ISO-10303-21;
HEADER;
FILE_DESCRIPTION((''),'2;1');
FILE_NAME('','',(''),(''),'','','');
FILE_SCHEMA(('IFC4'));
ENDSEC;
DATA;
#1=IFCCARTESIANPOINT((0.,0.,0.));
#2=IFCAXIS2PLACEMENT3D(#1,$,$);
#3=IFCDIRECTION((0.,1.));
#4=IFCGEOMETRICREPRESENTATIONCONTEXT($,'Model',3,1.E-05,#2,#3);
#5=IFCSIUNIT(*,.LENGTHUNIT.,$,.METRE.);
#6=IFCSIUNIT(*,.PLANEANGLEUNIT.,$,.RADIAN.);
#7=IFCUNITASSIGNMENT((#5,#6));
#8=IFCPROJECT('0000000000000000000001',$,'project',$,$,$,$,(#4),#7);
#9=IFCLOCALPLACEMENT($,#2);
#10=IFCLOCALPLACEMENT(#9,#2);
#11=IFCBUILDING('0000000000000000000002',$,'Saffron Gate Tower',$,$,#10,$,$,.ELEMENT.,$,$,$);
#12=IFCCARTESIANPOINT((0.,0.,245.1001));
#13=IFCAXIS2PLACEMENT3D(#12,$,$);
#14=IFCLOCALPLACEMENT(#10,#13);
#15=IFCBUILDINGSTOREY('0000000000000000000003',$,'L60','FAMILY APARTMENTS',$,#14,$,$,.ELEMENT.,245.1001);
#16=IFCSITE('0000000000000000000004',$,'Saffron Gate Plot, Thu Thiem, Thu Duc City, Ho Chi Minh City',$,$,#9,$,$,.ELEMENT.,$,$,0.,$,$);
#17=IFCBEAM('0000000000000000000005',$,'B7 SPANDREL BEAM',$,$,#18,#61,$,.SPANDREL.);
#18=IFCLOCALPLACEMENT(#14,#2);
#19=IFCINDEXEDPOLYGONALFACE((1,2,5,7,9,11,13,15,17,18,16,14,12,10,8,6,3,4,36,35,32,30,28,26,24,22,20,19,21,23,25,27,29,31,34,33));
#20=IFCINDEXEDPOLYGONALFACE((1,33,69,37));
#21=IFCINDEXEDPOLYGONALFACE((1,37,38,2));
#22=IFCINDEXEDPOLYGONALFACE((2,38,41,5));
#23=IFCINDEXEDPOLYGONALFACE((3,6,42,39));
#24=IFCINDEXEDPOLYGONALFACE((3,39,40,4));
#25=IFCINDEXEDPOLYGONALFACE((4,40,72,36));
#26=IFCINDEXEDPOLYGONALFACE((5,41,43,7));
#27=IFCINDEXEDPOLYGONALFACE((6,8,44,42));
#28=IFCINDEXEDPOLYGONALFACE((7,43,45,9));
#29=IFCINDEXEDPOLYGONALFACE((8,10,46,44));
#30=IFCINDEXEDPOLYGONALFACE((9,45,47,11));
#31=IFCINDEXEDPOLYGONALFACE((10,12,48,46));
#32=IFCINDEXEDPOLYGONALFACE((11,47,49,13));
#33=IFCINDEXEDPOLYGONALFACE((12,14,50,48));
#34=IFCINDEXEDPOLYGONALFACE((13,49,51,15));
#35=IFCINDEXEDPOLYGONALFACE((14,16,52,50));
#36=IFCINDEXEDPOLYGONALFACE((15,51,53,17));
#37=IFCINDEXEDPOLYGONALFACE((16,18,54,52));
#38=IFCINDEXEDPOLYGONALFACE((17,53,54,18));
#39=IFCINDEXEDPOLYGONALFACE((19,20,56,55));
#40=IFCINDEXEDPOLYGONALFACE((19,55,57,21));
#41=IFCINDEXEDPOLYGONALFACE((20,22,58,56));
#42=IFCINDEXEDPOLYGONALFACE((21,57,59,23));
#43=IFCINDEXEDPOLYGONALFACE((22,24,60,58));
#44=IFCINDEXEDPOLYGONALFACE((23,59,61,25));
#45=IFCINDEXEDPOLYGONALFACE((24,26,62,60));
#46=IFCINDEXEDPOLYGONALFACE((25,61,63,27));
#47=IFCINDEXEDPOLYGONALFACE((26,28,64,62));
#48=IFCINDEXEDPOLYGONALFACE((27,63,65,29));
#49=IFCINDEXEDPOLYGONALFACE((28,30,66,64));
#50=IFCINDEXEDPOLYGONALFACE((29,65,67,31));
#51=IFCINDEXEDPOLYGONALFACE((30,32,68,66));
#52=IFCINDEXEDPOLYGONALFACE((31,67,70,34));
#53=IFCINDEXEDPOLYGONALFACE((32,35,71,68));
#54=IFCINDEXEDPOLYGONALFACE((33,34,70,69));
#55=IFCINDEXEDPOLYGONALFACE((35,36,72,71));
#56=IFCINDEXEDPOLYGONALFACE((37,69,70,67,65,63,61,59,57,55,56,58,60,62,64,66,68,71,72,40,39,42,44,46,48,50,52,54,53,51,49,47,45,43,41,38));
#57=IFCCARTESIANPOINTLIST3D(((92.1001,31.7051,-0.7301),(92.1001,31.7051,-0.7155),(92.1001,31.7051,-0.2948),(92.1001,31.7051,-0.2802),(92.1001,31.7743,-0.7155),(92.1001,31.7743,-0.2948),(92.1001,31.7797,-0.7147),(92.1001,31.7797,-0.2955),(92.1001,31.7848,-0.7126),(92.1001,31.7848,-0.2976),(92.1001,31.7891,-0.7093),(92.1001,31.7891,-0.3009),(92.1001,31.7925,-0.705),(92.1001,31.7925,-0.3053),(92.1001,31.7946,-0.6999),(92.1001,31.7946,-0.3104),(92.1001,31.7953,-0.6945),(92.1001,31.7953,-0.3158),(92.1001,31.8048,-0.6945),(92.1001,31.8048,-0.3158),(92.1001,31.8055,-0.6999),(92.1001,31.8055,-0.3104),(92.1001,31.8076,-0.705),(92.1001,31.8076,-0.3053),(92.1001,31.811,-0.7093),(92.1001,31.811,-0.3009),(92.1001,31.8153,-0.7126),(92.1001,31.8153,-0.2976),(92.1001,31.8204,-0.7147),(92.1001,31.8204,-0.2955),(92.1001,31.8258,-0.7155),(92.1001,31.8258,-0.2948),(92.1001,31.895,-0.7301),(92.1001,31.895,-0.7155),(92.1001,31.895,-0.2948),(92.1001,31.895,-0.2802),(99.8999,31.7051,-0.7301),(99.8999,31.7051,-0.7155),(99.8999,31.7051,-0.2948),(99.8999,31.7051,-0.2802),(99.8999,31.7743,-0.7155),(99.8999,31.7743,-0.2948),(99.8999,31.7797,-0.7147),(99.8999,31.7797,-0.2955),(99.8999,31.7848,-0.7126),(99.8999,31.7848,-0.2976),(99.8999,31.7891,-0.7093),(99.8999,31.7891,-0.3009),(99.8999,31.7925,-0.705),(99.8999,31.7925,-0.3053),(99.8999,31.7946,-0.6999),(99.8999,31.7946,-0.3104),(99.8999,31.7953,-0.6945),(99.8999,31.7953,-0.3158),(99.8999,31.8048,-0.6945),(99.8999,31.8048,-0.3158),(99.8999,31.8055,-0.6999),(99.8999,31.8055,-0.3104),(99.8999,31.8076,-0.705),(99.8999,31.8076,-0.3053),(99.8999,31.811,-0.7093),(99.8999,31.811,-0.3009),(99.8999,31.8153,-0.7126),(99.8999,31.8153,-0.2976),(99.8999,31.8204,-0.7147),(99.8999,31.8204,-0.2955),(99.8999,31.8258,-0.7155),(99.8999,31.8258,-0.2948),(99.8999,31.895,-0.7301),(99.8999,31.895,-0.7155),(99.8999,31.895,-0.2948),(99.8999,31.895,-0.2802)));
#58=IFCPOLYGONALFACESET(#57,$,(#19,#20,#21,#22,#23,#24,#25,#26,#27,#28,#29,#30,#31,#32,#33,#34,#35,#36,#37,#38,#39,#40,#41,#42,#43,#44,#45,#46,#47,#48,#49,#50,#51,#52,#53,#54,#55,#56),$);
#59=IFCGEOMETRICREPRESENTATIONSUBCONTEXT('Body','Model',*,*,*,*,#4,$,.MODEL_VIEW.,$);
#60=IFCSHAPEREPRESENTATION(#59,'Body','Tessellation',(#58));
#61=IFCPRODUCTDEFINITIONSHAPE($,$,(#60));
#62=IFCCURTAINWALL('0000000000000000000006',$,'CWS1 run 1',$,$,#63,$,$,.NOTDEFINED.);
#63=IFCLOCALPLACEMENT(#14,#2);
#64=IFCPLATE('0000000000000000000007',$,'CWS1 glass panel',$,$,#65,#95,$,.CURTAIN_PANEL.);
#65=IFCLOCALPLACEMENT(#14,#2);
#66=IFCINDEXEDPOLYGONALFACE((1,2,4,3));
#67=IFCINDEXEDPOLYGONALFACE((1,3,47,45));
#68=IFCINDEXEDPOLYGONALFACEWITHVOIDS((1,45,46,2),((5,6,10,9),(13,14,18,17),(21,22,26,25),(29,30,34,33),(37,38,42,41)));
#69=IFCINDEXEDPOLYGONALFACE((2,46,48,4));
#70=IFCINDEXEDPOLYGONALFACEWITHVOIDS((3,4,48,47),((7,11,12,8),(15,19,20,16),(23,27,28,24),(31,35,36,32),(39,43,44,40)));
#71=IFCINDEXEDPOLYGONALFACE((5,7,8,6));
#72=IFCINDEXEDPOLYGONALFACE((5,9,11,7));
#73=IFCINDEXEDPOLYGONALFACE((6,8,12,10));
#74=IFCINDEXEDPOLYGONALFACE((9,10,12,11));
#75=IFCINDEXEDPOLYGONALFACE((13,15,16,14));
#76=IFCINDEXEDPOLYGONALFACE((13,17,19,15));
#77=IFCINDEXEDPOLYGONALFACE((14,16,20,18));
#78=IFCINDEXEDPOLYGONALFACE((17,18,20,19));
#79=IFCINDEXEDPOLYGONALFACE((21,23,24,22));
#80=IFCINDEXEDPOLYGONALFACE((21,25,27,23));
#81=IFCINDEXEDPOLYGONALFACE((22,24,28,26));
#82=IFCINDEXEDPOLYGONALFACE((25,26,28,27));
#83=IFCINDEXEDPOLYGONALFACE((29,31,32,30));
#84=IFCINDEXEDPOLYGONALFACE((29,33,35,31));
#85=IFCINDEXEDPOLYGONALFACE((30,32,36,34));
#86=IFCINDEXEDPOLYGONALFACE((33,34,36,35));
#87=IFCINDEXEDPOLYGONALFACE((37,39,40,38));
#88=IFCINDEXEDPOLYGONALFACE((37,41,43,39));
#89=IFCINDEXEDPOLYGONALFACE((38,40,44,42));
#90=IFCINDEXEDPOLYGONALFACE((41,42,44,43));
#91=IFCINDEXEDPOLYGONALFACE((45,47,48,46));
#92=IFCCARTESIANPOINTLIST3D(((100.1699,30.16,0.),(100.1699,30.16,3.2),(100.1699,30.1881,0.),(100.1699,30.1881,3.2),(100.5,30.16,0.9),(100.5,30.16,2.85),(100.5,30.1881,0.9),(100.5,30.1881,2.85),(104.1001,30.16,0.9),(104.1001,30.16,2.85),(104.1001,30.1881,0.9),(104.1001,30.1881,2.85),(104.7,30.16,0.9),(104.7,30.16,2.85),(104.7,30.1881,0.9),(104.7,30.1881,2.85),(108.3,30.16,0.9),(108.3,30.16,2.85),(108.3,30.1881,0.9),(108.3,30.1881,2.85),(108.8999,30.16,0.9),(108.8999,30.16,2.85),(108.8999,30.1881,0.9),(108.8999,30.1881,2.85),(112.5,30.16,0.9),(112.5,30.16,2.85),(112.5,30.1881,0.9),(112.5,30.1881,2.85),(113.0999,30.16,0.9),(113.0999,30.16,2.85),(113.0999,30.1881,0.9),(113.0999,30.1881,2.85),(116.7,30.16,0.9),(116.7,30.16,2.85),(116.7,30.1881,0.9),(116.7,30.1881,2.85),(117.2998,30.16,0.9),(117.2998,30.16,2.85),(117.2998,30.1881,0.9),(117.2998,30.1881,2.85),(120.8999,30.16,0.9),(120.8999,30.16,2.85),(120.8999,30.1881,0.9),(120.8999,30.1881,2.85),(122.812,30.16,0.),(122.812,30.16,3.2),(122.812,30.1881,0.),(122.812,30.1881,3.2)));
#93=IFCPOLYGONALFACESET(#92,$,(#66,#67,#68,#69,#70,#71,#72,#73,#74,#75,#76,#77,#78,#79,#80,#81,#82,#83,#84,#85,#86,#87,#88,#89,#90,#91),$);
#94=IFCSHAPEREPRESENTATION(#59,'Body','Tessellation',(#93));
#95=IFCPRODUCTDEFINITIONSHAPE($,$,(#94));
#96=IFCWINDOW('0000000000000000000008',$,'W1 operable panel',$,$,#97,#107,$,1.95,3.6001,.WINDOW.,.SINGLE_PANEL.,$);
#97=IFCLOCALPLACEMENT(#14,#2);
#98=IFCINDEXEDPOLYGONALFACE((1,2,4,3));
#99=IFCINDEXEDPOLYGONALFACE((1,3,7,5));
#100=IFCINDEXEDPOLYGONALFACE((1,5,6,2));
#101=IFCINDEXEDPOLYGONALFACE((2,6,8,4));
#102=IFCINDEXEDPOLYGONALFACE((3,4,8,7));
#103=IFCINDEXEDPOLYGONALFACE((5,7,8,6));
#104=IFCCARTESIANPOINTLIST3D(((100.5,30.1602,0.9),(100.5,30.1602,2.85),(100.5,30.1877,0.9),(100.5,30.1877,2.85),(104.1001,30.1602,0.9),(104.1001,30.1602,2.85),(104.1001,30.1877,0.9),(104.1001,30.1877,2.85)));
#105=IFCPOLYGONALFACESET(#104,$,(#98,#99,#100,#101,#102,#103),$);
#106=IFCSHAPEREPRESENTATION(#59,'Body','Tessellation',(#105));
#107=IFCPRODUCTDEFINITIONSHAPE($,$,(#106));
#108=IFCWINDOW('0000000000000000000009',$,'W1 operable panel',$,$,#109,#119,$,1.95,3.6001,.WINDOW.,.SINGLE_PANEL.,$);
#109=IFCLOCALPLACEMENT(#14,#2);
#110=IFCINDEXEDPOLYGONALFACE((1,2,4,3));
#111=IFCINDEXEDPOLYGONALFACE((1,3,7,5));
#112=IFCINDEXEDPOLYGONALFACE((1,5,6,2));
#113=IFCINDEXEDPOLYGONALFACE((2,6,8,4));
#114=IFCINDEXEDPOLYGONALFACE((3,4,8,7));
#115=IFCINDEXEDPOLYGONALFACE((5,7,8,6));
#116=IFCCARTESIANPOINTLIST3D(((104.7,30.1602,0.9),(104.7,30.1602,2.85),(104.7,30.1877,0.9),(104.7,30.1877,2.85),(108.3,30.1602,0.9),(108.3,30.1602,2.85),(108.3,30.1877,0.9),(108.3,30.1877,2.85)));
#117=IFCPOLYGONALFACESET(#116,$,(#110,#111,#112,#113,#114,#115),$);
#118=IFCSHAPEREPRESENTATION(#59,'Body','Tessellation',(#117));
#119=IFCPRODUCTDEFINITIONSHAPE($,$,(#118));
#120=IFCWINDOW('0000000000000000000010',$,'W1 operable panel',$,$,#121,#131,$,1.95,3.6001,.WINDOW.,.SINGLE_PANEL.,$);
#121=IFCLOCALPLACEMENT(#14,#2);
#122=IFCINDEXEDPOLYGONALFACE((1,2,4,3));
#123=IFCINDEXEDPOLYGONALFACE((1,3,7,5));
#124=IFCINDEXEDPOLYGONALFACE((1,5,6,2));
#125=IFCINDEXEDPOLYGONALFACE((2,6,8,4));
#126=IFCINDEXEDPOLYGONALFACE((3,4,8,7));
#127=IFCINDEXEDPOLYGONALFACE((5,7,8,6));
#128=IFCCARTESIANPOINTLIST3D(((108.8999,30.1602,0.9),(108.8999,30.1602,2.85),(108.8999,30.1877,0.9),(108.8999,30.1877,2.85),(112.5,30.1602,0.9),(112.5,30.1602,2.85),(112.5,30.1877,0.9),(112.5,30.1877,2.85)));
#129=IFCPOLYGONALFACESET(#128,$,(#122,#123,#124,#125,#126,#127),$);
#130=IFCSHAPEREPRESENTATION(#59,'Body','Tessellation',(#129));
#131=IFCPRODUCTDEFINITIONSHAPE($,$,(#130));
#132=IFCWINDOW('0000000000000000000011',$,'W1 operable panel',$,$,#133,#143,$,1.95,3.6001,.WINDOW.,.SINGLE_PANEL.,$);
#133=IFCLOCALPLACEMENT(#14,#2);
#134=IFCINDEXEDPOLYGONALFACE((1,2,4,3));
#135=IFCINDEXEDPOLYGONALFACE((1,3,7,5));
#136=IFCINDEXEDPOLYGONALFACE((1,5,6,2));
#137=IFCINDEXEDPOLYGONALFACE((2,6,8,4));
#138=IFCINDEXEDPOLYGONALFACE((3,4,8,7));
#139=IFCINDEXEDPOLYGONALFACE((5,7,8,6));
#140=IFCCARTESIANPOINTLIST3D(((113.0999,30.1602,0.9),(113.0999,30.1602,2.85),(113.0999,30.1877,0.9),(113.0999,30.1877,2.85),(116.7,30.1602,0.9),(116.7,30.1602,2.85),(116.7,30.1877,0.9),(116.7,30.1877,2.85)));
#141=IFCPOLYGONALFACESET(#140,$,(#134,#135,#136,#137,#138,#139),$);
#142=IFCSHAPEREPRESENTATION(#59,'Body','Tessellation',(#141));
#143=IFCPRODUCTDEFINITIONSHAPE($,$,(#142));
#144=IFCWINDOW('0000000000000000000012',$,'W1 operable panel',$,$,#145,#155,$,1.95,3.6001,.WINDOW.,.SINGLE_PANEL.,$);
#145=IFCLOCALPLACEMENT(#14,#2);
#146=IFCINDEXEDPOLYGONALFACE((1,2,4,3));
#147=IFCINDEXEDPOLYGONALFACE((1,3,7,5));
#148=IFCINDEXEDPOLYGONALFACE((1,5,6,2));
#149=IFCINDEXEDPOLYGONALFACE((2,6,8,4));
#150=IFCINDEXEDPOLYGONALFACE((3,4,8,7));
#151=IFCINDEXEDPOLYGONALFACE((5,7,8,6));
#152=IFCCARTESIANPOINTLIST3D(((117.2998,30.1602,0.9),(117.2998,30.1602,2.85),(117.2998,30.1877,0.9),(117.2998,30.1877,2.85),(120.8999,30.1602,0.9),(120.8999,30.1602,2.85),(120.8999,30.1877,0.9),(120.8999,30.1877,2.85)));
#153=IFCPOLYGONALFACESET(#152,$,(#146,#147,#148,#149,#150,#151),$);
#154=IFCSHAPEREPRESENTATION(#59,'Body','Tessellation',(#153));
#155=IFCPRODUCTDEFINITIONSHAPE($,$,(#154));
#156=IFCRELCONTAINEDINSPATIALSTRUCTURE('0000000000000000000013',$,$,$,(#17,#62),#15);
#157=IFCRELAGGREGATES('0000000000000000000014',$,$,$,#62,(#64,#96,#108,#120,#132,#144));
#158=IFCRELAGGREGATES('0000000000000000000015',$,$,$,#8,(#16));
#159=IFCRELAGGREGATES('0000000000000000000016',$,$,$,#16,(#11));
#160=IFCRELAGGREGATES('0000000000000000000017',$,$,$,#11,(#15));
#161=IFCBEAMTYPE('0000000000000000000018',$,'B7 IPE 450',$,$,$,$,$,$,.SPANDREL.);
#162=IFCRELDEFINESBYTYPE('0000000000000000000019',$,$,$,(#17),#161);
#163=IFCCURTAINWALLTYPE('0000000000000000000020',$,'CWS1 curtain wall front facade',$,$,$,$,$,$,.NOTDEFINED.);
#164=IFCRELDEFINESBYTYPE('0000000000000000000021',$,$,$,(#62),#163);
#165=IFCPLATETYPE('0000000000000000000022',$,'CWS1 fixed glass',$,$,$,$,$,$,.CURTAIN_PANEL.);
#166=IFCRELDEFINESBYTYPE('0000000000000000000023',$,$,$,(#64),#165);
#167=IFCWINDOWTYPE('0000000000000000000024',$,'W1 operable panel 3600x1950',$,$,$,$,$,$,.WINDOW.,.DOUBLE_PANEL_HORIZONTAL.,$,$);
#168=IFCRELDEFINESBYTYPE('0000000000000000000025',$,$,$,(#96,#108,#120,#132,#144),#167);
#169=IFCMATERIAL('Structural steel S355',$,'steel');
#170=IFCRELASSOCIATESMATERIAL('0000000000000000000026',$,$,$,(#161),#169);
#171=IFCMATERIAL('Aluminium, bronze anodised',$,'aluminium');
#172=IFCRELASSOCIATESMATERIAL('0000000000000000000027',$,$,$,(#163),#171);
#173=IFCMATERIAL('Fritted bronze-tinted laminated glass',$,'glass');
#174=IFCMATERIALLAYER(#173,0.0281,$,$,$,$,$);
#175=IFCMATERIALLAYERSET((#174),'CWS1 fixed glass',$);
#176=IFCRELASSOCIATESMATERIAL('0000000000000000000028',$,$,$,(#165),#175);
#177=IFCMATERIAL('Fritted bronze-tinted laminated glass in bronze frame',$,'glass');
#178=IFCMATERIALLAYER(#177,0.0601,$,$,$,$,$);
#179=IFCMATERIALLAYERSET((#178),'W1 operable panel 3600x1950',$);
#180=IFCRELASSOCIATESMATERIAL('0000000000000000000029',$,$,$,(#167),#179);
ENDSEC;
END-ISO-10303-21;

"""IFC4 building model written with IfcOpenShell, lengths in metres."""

from ifc_helpers import new_model, si_unit, direction, frame, frame_2d, origin, origin_2d, place, context, subcontext, project, spatial, rectangle, i_section, extrude, material, layer, layer_set, material_profile, profile_set, type_object, element, fill, aggregate, save


model = new_model("IFC4")

# Units and contexts
model_context = context("Model", 3, precision=1e-05, world=origin(), true_north=direction((0.0, 1.0)))
body_context = subcontext(model_context, "Body", "Model", "MODEL_VIEW")
ifc_project = project(units=[si_unit("LENGTHUNIT", "METRE"), si_unit("PLANEANGLEUNIT", "RADIAN")], contexts=[model_context])

# Site, building, storey
site_placement = place(None, origin())
site = spatial("IfcSite", under=ifc_project, at=site_placement, Name="Saffron Gate Plot, Thu Thiem, Thu Duc City, Ho Chi Minh City", CompositionType="ELEMENT", RefElevation=0.0)
building_placement = place(site_placement, origin())
building = spatial("IfcBuilding", under=site, at=building_placement, Name="Saffron Gate Tower", CompositionType="ELEMENT")
storey_placement = place(building_placement, frame((0.0, 0.0, 245.1001)))
storey = spatial("IfcBuildingStorey", under=building, at=storey_placement, Name="L60", Description="FAMILY APARTMENTS", CompositionType="ELEMENT", Elevation=245.1001)

# Beam
ifc_material_1 = material(Name="Structural steel S355", Category="steel")
ifc_material_profile_1 = material_profile(ifc_material_1, i_section(OverallWidth=0.1899, OverallDepth=0.45, WebThickness=0.0095, FlangeThickness=0.0146, FilletRadius=0.021, at=origin_2d()))
ifc_profile_set_1 = profile_set([ifc_material_profile_1], Name="Structural steel S355")
beam_type_1 = type_object("IfcBeamType", Name="B7 IPE 450", PredefinedType="SPANDREL", material=ifc_profile_set_1)
beam_1_placement = place(storey_placement, frame((92.1001, 31.8, -0.5051), z_axis=(1.0, 0.0, 0.0), x_axis=(0.0, 1.0, 0.0)))
element("IfcBeam", 1, at=beam_1_placement, inside=storey, type_object=beam_type_1, Name="B7 SPANDREL BEAM", PredefinedType="SPANDREL", context=body_context, shape_type="SweptSolid", body=[
    extrude(i_section(OverallWidth=0.1899, OverallDepth=0.45, WebThickness=0.0095, FlangeThickness=0.0146, FilletRadius=0.021, at=origin_2d()), origin(), (0.0, 0.0, 1.0), 7.7998),
])

# Curtain wall, plate, openings, windows
ifc_material_2 = material(Name="Aluminium, bronze anodised", Category="aluminium")
curtain_wall_type = type_object("IfcCurtainWallType", Name="CWS1 curtain wall front facade", PredefinedType="NOTDEFINED", material=ifc_material_2)
curtain_wall_placement = place(storey_placement, origin())
curtain_wall = element("IfcCurtainWall", 2, at=curtain_wall_placement, inside=storey, type_object=curtain_wall_type, Name="CWS1 run 1", PredefinedType="NOTDEFINED")
ifc_material_3 = material(Name="Fritted bronze-tinted laminated glass", Category="glass")
ifc_layer_1 = layer(ifc_material_3, 0.0281)
ifc_layer_set_1 = layer_set([ifc_layer_1], Name="CWS1 fixed glass")
plate_type = type_object("IfcPlateType", Name="CWS1 fixed glass", PredefinedType="CURTAIN_PANEL", material=ifc_layer_set_1)
plate_placement = place(storey_placement, frame((100.1699, 30.1741, 0.0), z_axis=(0.0, 0.0, 1.0), x_axis=(1.0, 0.0, 0.0)))
plate = element("IfcPlate", 3, at=plate_placement, type_object=plate_type, Name="CWS1 glass panel", PredefinedType="CURTAIN_PANEL", context=body_context, shape_type="SweptSolid", body=[
    extrude(rectangle(XDim=22.6421, YDim=0.0281, at=frame_2d((11.321, 0.0))), origin(), (0.0, 0.0, 1.0), 3.2),
])
opening_1_placement = place(plate_placement, frame((0.3301, 0.0, 0.8999)))
opening_1 = element("IfcOpeningElement", 4, at=opening_1_placement, cuts=plate, PredefinedType="OPENING", context=body_context, shape_type="SweptSolid", body=[
    extrude(rectangle(XDim=3.6001, YDim=1.95, at=frame_2d((1.8, 0.9751))), frame((0.0, 0.0239, 0.0), z_axis=(0.0, -1.0, 0.0), x_axis=(1.0, 0.0, 0.0)), (0.0, 0.0, 1.0), 0.0481),
])
opening_2_placement = place(plate_placement, frame((4.53, 0.0, 0.8999)))
opening_2 = element("IfcOpeningElement", 5, at=opening_2_placement, cuts=plate, PredefinedType="OPENING", context=body_context, shape_type="SweptSolid", body=[
    extrude(rectangle(XDim=3.6001, YDim=1.95, at=frame_2d((1.8, 0.9751))), frame((0.0, 0.0239, 0.0), z_axis=(0.0, -1.0, 0.0), x_axis=(1.0, 0.0, 0.0)), (0.0, 0.0, 1.0), 0.0481),
])
opening_3_placement = place(plate_placement, frame((8.73, 0.0, 0.8999)))
opening_3 = element("IfcOpeningElement", 6, at=opening_3_placement, cuts=plate, PredefinedType="OPENING", context=body_context, shape_type="SweptSolid", body=[
    extrude(rectangle(XDim=3.6001, YDim=1.95, at=frame_2d((1.8, 0.9751))), frame((0.0, 0.0239, 0.0), z_axis=(0.0, -1.0, 0.0), x_axis=(1.0, 0.0, 0.0)), (0.0, 0.0, 1.0), 0.0481),
])
opening_4_placement = place(plate_placement, frame((12.9299, 0.0, 0.8999)))
opening_4 = element("IfcOpeningElement", 7, at=opening_4_placement, cuts=plate, PredefinedType="OPENING", context=body_context, shape_type="SweptSolid", body=[
    extrude(rectangle(XDim=3.6001, YDim=1.95, at=frame_2d((1.8, 0.9751))), frame((0.0, 0.0239, 0.0), z_axis=(0.0, -1.0, 0.0), x_axis=(1.0, 0.0, 0.0)), (0.0, 0.0, 1.0), 0.0481),
])
opening_5_placement = place(plate_placement, frame((17.1299, 0.0, 0.8999)))
opening_5 = element("IfcOpeningElement", 8, at=opening_5_placement, cuts=plate, PredefinedType="OPENING", context=body_context, shape_type="SweptSolid", body=[
    extrude(rectangle(XDim=3.6001, YDim=1.95, at=frame_2d((1.8, 0.9751))), frame((0.0, 0.0239, 0.0), z_axis=(0.0, -1.0, 0.0), x_axis=(1.0, 0.0, 0.0)), (0.0, 0.0, 1.0), 0.0481),
])
ifc_material_4 = material(Name="Fritted bronze-tinted laminated glass in bronze frame", Category="glass")
ifc_layer_2 = layer(ifc_material_4, 0.0601)
ifc_layer_set_2 = layer_set([ifc_layer_2], Name="W1 operable panel 3600x1950")
window_type = type_object("IfcWindowType", Name="W1 operable panel 3600x1950", PartitioningType="DOUBLE_PANEL_HORIZONTAL", PredefinedType="WINDOW", material=ifc_layer_set_2)
window_1_placement = place(opening_1_placement, origin())
window_1 = element("IfcWindow", 9, at=window_1_placement, type_object=window_type, Name="W1 operable panel", OverallHeight=1.95, OverallWidth=3.6001, PartitioningType="SINGLE_PANEL", PredefinedType="WINDOW", context=body_context, shape_type="SweptSolid", body=[
    extrude(rectangle(XDim=3.6001, YDim=1.95, at=frame_2d((1.8, 0.9751))), frame((0.0, 0.0137, 0.0), z_axis=(0.0, -1.0, 0.0), x_axis=(1.0, 0.0, 0.0)), (0.0, 0.0, 1.0), 0.0276),
])
fill(opening_1, window_1)
window_2_placement = place(opening_2_placement, origin())
window_2 = element("IfcWindow", 10, at=window_2_placement, type_object=window_type, Name="W1 operable panel", OverallHeight=1.95, OverallWidth=3.6001, PartitioningType="SINGLE_PANEL", PredefinedType="WINDOW", context=body_context, shape_type="SweptSolid", body=[
    extrude(rectangle(XDim=3.6001, YDim=1.95, at=frame_2d((1.8, 0.9751))), frame((0.0, 0.0137, 0.0), z_axis=(0.0, -1.0, 0.0), x_axis=(1.0, 0.0, 0.0)), (0.0, 0.0, 1.0), 0.0276),
])
fill(opening_2, window_2)
window_3_placement = place(opening_3_placement, origin())
window_3 = element("IfcWindow", 11, at=window_3_placement, type_object=window_type, Name="W1 operable panel", OverallHeight=1.95, OverallWidth=3.6001, PartitioningType="SINGLE_PANEL", PredefinedType="WINDOW", context=body_context, shape_type="SweptSolid", body=[
    extrude(rectangle(XDim=3.6001, YDim=1.95, at=frame_2d((1.8, 0.9751))), frame((0.0, 0.0137, 0.0), z_axis=(0.0, -1.0, 0.0), x_axis=(1.0, 0.0, 0.0)), (0.0, 0.0, 1.0), 0.0276),
])
fill(opening_3, window_3)
window_4_placement = place(opening_4_placement, origin())
window_4 = element("IfcWindow", 12, at=window_4_placement, type_object=window_type, Name="W1 operable panel", OverallHeight=1.95, OverallWidth=3.6001, PartitioningType="SINGLE_PANEL", PredefinedType="WINDOW", context=body_context, shape_type="SweptSolid", body=[
    extrude(rectangle(XDim=3.6001, YDim=1.95, at=frame_2d((1.8, 0.9751))), frame((0.0, 0.0137, 0.0), z_axis=(0.0, -1.0, 0.0), x_axis=(1.0, 0.0, 0.0)), (0.0, 0.0, 1.0), 0.0276),
])
fill(opening_4, window_4)
window_5_placement = place(opening_5_placement, origin())
window_5 = element("IfcWindow", 13, at=window_5_placement, type_object=window_type, Name="W1 operable panel", OverallHeight=1.95, OverallWidth=3.6001, PartitioningType="SINGLE_PANEL", PredefinedType="WINDOW", context=body_context, shape_type="SweptSolid", body=[
    extrude(rectangle(XDim=3.6001, YDim=1.95, at=frame_2d((1.8, 0.9751))), frame((0.0, 0.0137, 0.0), z_axis=(0.0, -1.0, 0.0), x_axis=(1.0, 0.0, 0.0)), (0.0, 0.0, 1.0), 0.0276),
])
fill(opening_5, window_5)
aggregate(curtain_wall, [plate, window_1, window_2, window_3, window_4, window_5])

save(model, "model.ifc")
